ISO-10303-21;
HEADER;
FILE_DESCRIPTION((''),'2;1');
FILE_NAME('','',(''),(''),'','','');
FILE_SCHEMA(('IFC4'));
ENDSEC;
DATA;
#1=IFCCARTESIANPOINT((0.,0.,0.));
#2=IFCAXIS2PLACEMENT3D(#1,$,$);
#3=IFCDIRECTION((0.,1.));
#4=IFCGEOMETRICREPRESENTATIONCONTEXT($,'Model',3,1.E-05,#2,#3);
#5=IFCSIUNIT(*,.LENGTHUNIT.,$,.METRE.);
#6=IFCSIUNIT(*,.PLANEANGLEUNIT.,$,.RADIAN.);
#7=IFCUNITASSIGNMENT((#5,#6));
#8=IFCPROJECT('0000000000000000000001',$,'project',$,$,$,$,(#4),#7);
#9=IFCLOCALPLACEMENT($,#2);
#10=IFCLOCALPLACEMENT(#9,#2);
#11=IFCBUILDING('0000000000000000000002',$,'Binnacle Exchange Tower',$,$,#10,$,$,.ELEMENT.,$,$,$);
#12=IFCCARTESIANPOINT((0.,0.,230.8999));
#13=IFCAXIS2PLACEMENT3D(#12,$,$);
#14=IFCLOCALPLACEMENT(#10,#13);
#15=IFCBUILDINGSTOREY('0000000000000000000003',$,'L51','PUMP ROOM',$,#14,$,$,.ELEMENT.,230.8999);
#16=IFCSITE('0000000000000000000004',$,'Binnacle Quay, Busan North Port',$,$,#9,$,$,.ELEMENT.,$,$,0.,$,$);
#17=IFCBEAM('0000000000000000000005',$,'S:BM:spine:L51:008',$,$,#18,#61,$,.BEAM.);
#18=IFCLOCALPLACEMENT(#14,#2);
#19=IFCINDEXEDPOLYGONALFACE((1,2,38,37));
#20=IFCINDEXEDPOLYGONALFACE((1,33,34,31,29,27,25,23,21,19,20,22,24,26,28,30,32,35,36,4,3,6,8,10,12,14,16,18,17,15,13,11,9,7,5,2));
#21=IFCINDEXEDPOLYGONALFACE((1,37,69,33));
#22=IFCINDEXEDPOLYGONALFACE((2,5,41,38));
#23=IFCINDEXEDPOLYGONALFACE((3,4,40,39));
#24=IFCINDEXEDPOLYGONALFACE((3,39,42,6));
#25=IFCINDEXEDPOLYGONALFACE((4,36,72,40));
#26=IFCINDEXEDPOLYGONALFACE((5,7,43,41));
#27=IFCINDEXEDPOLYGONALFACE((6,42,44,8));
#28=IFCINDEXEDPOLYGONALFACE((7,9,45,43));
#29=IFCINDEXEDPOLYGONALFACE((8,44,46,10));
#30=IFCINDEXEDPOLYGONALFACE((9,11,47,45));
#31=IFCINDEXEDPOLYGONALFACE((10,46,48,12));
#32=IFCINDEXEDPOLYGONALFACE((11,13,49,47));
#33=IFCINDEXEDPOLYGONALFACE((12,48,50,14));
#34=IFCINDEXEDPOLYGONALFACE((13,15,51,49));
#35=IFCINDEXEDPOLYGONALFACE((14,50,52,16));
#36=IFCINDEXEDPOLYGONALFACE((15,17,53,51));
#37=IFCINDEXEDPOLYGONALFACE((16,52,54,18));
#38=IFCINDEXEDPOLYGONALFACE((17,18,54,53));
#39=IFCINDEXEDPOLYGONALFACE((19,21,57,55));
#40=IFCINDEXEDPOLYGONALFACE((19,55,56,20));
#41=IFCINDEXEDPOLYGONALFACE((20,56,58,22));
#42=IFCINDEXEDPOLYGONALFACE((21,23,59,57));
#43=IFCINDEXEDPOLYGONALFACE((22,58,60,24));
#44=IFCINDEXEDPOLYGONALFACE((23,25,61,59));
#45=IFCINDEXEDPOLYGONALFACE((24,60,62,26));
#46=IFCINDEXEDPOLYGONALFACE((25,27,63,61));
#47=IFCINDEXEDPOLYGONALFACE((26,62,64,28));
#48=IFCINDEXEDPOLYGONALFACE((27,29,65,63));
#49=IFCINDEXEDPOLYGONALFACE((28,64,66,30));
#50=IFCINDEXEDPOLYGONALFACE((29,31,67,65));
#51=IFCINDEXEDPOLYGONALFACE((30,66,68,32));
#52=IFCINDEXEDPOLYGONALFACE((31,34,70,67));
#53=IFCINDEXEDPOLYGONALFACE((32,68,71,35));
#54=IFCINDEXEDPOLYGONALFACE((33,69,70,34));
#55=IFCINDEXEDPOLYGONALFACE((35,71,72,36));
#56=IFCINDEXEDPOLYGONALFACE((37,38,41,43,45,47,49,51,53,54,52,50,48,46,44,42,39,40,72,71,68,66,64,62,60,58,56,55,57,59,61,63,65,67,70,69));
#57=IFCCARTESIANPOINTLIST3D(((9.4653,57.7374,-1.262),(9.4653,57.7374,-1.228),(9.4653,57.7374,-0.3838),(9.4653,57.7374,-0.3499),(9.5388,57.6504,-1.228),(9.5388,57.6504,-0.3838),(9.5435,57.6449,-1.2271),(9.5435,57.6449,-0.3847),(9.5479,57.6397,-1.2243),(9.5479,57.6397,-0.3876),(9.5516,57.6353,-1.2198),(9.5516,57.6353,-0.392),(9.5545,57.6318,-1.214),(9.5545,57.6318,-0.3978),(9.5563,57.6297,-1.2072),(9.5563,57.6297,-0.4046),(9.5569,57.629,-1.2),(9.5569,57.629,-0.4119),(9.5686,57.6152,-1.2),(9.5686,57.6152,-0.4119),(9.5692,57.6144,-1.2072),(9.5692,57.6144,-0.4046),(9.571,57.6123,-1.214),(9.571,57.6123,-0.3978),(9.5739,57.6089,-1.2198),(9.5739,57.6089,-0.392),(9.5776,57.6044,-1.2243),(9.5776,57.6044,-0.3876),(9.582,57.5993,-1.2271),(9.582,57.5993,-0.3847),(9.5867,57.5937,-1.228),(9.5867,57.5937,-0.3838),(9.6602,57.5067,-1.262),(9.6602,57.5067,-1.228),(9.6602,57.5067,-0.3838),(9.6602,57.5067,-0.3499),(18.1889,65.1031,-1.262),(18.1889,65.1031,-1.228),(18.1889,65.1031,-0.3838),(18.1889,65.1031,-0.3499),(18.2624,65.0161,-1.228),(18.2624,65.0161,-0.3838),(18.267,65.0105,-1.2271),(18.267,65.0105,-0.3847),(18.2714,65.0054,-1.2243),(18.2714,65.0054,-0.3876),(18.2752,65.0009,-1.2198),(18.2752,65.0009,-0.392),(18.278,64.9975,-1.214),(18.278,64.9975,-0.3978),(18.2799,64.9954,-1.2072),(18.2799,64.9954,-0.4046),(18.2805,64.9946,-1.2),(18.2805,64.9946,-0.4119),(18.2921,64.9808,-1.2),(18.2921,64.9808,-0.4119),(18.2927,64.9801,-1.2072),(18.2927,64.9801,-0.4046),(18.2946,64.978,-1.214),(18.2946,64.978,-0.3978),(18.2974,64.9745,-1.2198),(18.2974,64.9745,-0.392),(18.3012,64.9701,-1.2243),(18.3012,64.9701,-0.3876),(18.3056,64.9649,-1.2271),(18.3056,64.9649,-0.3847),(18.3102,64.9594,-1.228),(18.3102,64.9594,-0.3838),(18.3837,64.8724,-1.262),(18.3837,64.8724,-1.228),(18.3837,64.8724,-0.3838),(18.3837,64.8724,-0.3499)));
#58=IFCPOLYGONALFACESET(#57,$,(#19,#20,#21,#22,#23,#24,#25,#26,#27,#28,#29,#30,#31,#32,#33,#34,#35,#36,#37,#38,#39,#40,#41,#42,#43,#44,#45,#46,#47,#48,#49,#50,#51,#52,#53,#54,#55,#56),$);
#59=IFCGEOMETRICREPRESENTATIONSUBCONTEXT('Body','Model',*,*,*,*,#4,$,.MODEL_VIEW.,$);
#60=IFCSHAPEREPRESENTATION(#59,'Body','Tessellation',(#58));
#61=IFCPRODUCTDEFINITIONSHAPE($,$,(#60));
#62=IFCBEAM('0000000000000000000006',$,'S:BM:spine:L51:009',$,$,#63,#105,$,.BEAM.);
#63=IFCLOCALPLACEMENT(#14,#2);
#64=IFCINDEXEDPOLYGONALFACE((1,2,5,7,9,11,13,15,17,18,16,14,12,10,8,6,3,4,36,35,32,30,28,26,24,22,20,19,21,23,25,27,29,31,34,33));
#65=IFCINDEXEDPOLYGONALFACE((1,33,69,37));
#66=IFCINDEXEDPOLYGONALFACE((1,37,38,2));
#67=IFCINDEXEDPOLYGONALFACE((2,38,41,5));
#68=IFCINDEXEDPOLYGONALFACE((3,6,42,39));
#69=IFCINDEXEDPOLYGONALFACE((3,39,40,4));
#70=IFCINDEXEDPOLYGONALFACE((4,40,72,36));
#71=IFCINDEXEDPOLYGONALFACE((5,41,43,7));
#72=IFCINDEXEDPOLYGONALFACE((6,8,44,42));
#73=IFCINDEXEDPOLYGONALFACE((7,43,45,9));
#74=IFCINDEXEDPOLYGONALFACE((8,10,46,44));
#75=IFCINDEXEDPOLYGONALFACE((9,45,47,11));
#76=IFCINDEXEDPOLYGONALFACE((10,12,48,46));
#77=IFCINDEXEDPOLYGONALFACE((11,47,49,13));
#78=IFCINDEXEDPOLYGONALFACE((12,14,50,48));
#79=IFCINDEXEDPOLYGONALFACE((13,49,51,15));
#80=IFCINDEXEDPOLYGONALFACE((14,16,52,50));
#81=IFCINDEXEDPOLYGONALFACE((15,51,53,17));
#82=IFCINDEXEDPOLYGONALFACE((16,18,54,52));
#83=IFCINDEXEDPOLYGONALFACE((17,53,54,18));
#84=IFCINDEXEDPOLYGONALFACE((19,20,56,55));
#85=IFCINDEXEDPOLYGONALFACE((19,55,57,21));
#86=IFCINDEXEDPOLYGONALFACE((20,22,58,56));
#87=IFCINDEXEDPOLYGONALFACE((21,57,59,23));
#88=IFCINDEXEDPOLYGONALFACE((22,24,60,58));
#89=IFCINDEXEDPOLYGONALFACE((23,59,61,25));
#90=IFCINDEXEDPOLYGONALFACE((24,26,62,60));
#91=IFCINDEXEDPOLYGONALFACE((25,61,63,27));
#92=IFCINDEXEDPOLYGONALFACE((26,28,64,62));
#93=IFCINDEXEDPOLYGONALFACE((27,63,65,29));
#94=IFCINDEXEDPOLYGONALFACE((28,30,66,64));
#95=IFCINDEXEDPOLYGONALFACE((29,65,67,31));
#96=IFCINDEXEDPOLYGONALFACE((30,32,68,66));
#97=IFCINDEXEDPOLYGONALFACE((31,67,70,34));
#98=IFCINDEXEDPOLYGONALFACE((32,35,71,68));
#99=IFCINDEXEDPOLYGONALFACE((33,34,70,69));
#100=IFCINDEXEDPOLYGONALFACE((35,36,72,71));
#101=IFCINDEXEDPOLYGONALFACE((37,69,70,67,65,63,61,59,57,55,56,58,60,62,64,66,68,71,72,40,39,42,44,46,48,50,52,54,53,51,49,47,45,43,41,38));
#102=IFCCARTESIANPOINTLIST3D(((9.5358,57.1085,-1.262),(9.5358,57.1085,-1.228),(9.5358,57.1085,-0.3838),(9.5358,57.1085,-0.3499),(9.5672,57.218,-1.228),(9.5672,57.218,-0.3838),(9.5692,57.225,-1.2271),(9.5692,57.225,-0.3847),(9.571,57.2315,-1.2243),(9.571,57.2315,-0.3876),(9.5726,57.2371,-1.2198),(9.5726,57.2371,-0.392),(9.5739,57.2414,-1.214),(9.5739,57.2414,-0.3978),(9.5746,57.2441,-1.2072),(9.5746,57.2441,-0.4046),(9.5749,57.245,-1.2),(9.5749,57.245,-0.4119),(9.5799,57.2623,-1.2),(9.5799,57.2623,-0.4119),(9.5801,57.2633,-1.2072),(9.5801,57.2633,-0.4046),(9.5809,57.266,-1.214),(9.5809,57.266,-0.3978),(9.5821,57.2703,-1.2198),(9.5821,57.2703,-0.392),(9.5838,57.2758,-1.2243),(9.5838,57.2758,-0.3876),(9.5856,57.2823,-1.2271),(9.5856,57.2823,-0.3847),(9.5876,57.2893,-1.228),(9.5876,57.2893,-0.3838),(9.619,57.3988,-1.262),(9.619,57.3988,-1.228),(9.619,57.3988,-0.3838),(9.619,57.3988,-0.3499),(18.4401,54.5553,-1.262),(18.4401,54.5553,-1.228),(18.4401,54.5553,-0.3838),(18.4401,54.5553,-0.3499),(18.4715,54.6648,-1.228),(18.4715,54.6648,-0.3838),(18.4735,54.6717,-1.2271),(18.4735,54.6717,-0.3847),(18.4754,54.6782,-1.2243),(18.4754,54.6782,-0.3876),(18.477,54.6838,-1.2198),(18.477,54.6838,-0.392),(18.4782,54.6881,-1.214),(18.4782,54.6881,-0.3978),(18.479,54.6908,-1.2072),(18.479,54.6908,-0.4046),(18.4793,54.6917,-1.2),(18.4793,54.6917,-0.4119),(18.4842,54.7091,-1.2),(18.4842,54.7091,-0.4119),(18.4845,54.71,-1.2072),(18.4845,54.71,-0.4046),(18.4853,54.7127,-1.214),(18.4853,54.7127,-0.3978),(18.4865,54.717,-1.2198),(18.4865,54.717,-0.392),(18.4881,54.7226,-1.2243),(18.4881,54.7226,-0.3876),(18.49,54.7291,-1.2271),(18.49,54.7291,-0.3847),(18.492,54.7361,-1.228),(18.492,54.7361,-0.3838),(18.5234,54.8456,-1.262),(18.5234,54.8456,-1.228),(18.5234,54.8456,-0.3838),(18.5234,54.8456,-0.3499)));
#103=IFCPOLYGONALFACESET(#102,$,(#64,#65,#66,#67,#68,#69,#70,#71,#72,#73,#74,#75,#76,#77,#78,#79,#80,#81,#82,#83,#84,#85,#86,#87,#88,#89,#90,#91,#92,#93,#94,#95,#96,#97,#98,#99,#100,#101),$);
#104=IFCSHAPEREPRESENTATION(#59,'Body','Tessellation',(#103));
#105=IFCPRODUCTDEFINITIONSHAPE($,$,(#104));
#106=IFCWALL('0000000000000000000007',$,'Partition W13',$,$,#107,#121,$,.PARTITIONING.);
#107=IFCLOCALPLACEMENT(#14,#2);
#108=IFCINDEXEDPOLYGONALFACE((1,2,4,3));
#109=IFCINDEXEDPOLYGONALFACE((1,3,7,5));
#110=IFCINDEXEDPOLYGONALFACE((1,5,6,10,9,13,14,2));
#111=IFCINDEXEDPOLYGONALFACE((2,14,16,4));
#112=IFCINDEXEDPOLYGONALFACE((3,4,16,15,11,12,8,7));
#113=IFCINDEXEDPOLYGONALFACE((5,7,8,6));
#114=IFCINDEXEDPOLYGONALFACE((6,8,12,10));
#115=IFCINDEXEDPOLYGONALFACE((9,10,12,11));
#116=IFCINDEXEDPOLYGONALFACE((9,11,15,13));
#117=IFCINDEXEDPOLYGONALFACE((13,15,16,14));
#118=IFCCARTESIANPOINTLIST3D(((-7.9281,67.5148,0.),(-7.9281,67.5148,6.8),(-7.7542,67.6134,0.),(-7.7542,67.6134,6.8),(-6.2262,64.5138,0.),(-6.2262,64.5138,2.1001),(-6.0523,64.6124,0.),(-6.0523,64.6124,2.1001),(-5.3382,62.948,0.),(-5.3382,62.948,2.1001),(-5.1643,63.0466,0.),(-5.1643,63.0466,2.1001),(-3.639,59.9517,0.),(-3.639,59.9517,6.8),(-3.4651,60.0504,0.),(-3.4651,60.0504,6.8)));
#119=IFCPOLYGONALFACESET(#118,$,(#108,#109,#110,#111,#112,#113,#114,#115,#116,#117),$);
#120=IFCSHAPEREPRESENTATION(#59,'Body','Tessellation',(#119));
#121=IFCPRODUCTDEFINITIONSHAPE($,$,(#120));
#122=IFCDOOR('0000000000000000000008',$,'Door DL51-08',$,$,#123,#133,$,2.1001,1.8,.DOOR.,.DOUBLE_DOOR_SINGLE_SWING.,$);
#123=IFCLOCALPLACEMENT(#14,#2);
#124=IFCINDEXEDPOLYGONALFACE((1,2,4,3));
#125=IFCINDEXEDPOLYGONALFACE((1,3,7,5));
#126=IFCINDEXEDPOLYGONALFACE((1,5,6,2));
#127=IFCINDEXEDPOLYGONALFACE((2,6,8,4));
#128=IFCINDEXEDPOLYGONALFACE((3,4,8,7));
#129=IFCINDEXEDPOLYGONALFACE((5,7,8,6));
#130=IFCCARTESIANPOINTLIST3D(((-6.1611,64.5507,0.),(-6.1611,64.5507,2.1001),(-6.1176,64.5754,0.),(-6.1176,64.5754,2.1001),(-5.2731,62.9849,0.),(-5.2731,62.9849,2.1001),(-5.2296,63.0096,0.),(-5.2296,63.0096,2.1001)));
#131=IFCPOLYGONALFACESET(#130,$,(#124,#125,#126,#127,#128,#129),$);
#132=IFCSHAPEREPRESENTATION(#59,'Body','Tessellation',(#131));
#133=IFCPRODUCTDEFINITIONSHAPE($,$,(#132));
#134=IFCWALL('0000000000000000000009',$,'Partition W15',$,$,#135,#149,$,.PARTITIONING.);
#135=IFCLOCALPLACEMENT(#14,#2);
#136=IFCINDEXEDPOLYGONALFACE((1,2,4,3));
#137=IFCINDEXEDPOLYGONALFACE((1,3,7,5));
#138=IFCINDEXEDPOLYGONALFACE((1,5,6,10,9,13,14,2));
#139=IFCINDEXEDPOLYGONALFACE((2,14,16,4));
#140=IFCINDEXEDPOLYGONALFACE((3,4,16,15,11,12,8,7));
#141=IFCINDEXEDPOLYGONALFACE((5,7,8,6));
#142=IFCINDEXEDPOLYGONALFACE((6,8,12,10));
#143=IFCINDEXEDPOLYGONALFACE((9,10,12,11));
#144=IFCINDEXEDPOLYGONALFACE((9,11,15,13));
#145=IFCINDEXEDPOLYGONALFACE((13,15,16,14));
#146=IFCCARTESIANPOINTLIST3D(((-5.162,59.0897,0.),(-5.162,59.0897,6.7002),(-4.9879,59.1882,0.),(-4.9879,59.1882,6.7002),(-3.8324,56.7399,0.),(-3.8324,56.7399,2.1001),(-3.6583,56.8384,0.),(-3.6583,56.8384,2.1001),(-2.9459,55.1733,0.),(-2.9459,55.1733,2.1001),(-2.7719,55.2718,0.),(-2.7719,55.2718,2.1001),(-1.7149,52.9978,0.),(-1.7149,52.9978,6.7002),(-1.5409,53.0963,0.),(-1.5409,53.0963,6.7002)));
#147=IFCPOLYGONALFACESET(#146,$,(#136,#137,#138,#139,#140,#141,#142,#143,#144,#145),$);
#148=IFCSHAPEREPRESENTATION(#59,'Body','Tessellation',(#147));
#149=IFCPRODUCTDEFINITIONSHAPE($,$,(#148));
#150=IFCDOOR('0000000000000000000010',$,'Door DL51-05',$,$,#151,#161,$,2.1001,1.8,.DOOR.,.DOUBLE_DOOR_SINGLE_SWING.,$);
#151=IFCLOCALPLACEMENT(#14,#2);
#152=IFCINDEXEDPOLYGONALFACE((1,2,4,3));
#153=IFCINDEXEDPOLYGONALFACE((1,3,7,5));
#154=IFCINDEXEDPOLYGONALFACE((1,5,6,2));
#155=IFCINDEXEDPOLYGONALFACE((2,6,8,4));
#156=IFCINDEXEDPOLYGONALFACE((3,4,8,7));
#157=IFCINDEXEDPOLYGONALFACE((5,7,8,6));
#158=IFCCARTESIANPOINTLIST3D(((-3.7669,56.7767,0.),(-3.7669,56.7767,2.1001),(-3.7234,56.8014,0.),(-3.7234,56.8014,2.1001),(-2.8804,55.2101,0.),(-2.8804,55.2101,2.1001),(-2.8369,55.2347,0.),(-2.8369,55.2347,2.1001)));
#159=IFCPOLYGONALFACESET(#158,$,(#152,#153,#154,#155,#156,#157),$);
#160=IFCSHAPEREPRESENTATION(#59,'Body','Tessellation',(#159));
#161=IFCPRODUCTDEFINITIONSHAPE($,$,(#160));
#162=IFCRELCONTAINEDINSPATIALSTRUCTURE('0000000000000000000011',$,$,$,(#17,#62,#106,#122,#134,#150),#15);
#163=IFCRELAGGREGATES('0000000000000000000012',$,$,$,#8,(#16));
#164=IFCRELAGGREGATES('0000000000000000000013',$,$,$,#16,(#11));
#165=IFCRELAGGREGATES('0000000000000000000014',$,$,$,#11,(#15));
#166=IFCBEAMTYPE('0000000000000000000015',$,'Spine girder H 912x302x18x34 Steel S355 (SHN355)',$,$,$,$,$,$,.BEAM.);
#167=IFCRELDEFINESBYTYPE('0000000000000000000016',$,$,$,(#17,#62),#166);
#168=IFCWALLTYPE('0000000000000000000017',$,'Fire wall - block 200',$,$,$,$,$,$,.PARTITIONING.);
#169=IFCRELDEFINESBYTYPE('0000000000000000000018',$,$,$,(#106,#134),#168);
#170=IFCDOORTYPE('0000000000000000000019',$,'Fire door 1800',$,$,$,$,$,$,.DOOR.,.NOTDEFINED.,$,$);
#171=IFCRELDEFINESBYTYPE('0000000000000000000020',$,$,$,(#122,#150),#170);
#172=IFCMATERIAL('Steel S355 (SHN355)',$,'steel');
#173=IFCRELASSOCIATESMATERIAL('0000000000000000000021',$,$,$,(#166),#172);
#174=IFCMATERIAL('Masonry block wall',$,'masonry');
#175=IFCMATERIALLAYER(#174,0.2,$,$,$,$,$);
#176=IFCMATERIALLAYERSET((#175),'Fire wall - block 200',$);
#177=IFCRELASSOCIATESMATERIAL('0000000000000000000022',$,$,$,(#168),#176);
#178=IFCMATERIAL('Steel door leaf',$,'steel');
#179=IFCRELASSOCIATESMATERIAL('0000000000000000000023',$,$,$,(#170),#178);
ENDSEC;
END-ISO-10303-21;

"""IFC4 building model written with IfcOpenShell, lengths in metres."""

from ifc_helpers import new_model, si_unit, direction, frame, frame_2d, origin, origin_2d, place, context, subcontext, project, spatial, rectangle, i_section, extrude, material, layer, layer_set, material_profile, profile_set, type_object, element, fill, save


model = new_model("IFC4")

# Units and contexts
model_context = context("Model", 3, precision=1e-05, world=origin(), true_north=direction((0.0, 1.0)))
body_context = subcontext(model_context, "Body", "Model", "MODEL_VIEW")
ifc_project = project(units=[si_unit("LENGTHUNIT", "METRE"), si_unit("PLANEANGLEUNIT", "RADIAN")], contexts=[model_context])

# Site, building, storey
site_placement = place(None, origin())
site = spatial("IfcSite", under=ifc_project, at=site_placement, Name="Binnacle Quay, Busan North Port", CompositionType="ELEMENT", RefElevation=0.0)
building_placement = place(site_placement, origin())
building = spatial("IfcBuilding", under=site, at=building_placement, Name="Binnacle Exchange Tower", CompositionType="ELEMENT")
storey_placement = place(building_placement, frame((0.0, 0.0, 230.8999)))
storey = spatial("IfcBuildingStorey", under=building, at=storey_placement, Name="L51", Description="PUMP ROOM", CompositionType="ELEMENT", Elevation=230.8999)

# Beams
ifc_material_1 = material(Name="Steel S355 (SHN355)", Category="steel")
ifc_material_profile_1 = material_profile(ifc_material_1, i_section(OverallWidth=0.302, OverallDepth=0.9121, WebThickness=0.0181, FlangeThickness=0.0339, FilletRadius=0.0281, at=origin_2d()), Name="H 912x302x18x34")
ifc_profile_set_1 = profile_set([ifc_material_profile_1], Name="Steel S355 (SHN355)")
beam_type_1 = type_object("IfcBeamType", Name="Spine girder H 912x302x18x34 Steel S355 (SHN355)", PredefinedType="BEAM", material=ifc_profile_set_1)
beam_1_placement = place(storey_placement, frame((9.5627, 57.6221, -0.8059), z_axis=(0.764069, 0.645135, 0.0), x_axis=(-0.645135, 0.764069, 0.0)))
element("IfcBeam", 1, at=beam_1_placement, inside=storey, type_object=beam_type_1, Name="S:BM:spine:L51:008", PredefinedType="BEAM", context=body_context, shape_type="SweptSolid", body=[
    extrude(i_section(OverallWidth=0.302, OverallDepth=0.9121, WebThickness=0.0181, FlangeThickness=0.0339, FilletRadius=0.0281, at=origin_2d()), origin(), (0.0, 0.0, 1.0), 11.4172),
])
beam_2_placement = place(storey_placement, frame((9.5774, 57.2537, -0.8059), z_axis=(0.961263, -0.275633, 0.0), x_axis=(0.275633, 0.961263, 0.0)))
element("IfcBeam", 2, at=beam_2_placement, inside=storey, type_object=beam_type_1, Name="S:BM:spine:L51:009", PredefinedType="BEAM", context=body_context, shape_type="SweptSolid", body=[
    extrude(i_section(OverallWidth=0.302, OverallDepth=0.9121, WebThickness=0.0181, FlangeThickness=0.0339, FilletRadius=0.0281, at=origin_2d()), origin(), (0.0, 0.0, 1.0), 9.2632),
])

# Walls, openings, doors
ifc_material_2 = material(Name="Masonry block wall", Category="masonry")
ifc_layer_1 = layer(ifc_material_2, 0.2)
ifc_layer_set_1 = layer_set([ifc_layer_1], Name="Fire wall - block 200")
wall_type_1 = type_object("IfcWallType", Name="Fire wall - block 200", PredefinedType="PARTITIONING", material=ifc_layer_set_1)
wall_1_placement = place(storey_placement, frame((-7.8411, 67.564, 0.0), z_axis=(0.0, 0.0, 1.0), x_axis=(0.493306, -0.869856, 0.0)))
wall_1 = element("IfcWall", 3, at=wall_1_placement, inside=storey, type_object=wall_type_1, Name="Partition W13", PredefinedType="PARTITIONING", context=body_context, shape_type="SweptSolid", body=[
    extrude(rectangle(XDim=8.6946, YDim=0.2, at=frame_2d((4.3472, 0.0))), origin(), (0.0, 0.0, 1.0), 6.8),
])
opening_1_placement = place(wall_1_placement, frame((3.45, 0.0, 0.0)))
opening_1 = element("IfcOpeningElement", 4, at=opening_1_placement, cuts=wall_1, PredefinedType="OPENING", context=body_context, shape_type="SweptSolid", body=[
    extrude(rectangle(XDim=1.8, YDim=2.1001, at=frame_2d((0.8999, 1.05))), frame((0.0, 0.1099, 0.0), z_axis=(0.0, -1.0, 0.0), x_axis=(1.0, 0.0, 0.0)), (0.0, 0.0, 1.0), 0.22),
])
ifc_material_3 = material(Name="Steel door leaf", Category="steel")
door_type_1 = type_object("IfcDoorType", Name="Fire door 1800", OperationType="NOTDEFINED", PredefinedType="DOOR", material=ifc_material_3)
door_1_placement = place(opening_1_placement, origin())
door_1 = element("IfcDoor", 5, at=door_1_placement, inside=storey, type_object=door_type_1, Name="Door DL51-08", OperationType="DOUBLE_DOOR_SINGLE_SWING", OverallHeight=2.1001, OverallWidth=1.8, PredefinedType="DOOR", context=body_context, shape_type="SweptSolid", body=[
    extrude(rectangle(XDim=1.8, YDim=2.1001, at=frame_2d((0.8999, 1.05))), frame((0.0, 0.0249, 0.0), z_axis=(0.0, -1.0, 0.0), x_axis=(1.0, 0.0, 0.0)), (0.0, 0.0, 1.0), 0.05),
])
fill(opening_1, door_1)
wall_2_placement = place(storey_placement, frame((-5.075, 59.1389, 0.0), z_axis=(0.0, 0.0, 1.0), x_axis=(0.492472, -0.870328, 0.0)))
wall_2 = element("IfcWall", 6, at=wall_2_placement, inside=storey, type_object=wall_type_1, Name="Partition W15", PredefinedType="PARTITIONING", context=body_context, shape_type="SweptSolid", body=[
    extrude(rectangle(XDim=6.9995, YDim=0.2, at=frame_2d((3.4998, 0.0))), origin(), (0.0, 0.0, 1.0), 6.7002),
])
opening_2_placement = place(wall_2_placement, frame((2.7, 0.0, 0.0)))
opening_2 = element("IfcOpeningElement", 7, at=opening_2_placement, cuts=wall_2, PredefinedType="OPENING", context=body_context, shape_type="SweptSolid", body=[
    extrude(rectangle(XDim=1.8, YDim=2.1001, at=frame_2d((0.8999, 1.05))), frame((0.0, 0.1099, 0.0), z_axis=(0.0, -1.0, 0.0), x_axis=(1.0, 0.0, 0.0)), (0.0, 0.0, 1.0), 0.22),
])
door_2_placement = place(opening_2_placement, frame((1.8, 0.0, 0.0), z_axis=(0.0, 0.0, 1.0), x_axis=(-1.0, 0.0, 0.0)))
door_2 = element("IfcDoor", 8, at=door_2_placement, inside=storey, type_object=door_type_1, Name="Door DL51-05", OperationType="DOUBLE_DOOR_SINGLE_SWING", OverallHeight=2.1001, OverallWidth=1.8, PredefinedType="DOOR", context=body_context, shape_type="SweptSolid", body=[
    extrude(rectangle(XDim=1.8, YDim=2.1001, at=frame_2d((0.8999, 1.05))), frame((0.0, 0.0249, 0.0), z_axis=(0.0, -1.0, 0.0), x_axis=(1.0, 0.0, 0.0)), (0.0, 0.0, 1.0), 0.05),
])
fill(opening_2, door_2)

save(model, "model.ifc")
